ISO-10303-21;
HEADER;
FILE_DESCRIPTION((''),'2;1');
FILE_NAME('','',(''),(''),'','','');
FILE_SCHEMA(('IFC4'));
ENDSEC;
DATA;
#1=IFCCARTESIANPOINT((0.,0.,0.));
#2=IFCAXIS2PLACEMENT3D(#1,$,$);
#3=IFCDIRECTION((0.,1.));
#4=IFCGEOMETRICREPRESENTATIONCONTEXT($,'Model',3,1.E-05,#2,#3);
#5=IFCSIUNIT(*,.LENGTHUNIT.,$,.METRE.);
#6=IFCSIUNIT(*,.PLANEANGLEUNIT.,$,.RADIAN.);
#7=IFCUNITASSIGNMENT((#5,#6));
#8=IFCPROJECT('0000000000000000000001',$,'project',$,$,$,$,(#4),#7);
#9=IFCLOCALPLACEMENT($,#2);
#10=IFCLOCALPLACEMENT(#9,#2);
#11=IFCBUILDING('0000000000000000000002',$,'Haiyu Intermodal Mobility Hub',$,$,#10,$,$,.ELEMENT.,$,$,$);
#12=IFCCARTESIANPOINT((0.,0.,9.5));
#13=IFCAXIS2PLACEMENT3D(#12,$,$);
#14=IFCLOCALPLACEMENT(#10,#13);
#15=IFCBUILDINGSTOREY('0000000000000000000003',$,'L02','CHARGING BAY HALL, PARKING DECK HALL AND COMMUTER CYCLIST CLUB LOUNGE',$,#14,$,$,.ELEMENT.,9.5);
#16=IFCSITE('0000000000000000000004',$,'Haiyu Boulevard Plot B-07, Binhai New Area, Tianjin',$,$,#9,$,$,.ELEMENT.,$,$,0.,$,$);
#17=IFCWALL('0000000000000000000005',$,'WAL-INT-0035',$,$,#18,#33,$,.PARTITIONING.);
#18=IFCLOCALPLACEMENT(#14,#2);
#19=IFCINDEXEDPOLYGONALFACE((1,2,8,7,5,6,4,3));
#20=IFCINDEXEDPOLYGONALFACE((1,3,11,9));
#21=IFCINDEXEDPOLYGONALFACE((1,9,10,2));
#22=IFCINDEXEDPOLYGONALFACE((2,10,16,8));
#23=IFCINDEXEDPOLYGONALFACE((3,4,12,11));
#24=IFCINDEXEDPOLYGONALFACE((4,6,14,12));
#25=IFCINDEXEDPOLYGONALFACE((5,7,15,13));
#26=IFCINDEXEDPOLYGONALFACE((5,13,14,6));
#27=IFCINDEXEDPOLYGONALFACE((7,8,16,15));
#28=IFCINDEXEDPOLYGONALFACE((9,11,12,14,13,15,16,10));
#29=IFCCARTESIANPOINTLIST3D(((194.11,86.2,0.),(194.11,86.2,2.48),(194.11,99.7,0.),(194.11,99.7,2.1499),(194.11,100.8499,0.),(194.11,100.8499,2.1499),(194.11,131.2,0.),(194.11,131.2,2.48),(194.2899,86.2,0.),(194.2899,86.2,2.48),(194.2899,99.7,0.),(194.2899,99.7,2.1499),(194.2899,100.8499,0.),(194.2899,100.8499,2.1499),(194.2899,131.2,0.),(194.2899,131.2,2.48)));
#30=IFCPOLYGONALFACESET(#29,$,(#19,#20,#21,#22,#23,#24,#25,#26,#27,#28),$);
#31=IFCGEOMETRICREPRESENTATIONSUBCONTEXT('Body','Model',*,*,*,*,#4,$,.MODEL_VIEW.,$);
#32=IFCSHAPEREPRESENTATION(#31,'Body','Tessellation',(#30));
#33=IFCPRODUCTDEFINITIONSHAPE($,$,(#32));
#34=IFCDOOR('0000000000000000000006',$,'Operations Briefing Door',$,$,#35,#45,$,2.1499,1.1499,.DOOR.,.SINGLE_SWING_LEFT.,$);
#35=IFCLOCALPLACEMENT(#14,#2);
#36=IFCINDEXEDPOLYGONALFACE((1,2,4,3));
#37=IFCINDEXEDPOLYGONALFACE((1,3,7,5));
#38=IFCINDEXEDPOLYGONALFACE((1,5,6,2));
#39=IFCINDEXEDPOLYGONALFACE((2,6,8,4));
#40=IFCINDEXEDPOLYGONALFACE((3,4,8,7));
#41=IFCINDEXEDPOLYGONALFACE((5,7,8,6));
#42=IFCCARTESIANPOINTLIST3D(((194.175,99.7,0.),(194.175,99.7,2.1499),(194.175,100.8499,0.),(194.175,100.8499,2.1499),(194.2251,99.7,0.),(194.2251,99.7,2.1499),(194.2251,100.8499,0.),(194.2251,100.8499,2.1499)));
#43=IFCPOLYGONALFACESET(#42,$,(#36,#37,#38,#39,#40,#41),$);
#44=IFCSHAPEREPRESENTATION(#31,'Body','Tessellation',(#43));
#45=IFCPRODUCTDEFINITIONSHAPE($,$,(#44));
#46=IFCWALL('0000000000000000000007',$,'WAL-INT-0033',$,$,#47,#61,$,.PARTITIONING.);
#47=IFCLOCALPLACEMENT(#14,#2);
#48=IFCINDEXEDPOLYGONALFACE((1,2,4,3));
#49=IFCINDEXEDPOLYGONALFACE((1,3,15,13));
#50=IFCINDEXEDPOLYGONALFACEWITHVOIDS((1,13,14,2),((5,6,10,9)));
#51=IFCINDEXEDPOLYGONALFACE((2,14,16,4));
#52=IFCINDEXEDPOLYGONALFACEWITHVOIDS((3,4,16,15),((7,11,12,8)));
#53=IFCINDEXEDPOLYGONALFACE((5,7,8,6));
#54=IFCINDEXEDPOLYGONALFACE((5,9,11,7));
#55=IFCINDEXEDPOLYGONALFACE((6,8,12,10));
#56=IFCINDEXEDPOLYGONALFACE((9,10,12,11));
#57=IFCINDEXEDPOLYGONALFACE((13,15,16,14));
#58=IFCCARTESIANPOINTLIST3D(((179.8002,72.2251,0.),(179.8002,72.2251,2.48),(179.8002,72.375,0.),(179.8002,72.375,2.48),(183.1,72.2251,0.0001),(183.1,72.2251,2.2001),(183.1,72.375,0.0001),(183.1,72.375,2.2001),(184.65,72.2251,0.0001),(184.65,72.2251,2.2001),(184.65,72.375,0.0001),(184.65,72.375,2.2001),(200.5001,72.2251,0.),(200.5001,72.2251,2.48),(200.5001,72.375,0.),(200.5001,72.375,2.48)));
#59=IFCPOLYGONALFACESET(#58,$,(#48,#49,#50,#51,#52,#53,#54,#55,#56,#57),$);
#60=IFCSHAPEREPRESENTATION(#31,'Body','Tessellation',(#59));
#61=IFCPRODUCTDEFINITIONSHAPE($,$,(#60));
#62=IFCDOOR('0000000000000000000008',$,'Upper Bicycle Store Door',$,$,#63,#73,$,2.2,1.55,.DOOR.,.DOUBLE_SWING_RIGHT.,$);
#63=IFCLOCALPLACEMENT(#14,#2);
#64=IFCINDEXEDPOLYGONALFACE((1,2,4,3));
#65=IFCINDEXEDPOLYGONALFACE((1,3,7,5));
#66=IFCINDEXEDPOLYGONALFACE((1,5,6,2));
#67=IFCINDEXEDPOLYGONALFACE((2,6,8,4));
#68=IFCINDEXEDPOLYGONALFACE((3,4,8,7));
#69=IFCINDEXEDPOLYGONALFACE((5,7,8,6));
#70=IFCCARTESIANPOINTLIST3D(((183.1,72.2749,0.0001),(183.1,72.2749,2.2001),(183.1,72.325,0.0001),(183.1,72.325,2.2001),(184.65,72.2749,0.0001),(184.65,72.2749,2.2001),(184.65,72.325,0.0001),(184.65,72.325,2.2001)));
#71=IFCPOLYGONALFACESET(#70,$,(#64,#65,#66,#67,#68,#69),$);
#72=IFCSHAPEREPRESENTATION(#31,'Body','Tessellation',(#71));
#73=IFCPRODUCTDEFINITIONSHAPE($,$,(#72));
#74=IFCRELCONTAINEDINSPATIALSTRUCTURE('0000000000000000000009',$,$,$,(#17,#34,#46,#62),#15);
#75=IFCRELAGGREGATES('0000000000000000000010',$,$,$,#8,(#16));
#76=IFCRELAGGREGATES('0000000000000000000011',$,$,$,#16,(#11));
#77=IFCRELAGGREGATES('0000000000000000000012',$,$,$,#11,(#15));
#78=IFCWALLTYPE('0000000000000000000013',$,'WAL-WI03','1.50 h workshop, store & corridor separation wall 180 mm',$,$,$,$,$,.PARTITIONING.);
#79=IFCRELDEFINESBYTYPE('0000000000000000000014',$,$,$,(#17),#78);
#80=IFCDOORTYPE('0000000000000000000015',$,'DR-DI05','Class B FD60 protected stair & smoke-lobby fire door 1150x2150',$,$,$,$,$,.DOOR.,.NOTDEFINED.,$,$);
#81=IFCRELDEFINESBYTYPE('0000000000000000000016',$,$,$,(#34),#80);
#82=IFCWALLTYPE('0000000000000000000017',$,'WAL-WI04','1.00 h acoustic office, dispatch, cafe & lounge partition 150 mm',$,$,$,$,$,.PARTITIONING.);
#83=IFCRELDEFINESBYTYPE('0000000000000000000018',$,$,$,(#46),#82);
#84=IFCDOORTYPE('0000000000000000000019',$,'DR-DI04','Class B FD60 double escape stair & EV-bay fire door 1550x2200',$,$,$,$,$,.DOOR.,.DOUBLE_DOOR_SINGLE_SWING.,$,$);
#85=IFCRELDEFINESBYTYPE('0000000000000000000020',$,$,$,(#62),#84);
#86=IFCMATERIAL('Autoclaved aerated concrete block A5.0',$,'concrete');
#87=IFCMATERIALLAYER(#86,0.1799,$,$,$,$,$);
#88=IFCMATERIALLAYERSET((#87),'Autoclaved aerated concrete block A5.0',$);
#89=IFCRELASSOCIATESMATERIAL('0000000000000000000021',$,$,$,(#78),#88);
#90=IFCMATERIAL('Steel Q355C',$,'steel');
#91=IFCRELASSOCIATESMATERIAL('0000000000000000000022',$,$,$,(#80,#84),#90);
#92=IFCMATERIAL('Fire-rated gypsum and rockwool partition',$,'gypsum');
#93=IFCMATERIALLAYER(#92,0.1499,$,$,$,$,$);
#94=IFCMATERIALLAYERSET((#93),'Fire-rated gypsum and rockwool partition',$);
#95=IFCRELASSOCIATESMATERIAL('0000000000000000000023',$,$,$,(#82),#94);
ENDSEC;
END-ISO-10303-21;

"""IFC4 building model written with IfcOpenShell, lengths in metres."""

from ifc_helpers import new_model, si_unit, direction, frame, frame_2d, origin, place, context, subcontext, project, spatial, rectangle, extrude, material, layer, layer_set, type_object, element, fill, save


model = new_model("IFC4")

# Units and contexts
model_context = context("Model", 3, precision=1e-05, world=origin(), true_north=direction((0.0, 1.0)))
body_context = subcontext(model_context, "Body", "Model", "MODEL_VIEW")
ifc_project = project(units=[si_unit("LENGTHUNIT", "METRE"), si_unit("PLANEANGLEUNIT", "RADIAN")], contexts=[model_context])

# Site, building, storey
site_placement = place(None, origin())
site = spatial("IfcSite", under=ifc_project, at=site_placement, Name="Haiyu Boulevard Plot B-07, Binhai New Area, Tianjin", CompositionType="ELEMENT", RefElevation=0.0)
building_placement = place(site_placement, origin())
building = spatial("IfcBuilding", under=site, at=building_placement, Name="Haiyu Intermodal Mobility Hub", CompositionType="ELEMENT")
storey_placement = place(building_placement, frame((0.0, 0.0, 9.5)))
storey = spatial("IfcBuildingStorey", under=building, at=storey_placement, Name="L02", Description="CHARGING BAY HALL, PARKING DECK HALL AND COMMUTER CYCLIST CLUB LOUNGE", CompositionType="ELEMENT", Elevation=9.5)

# Shared definitions
ifc_material_1 = material(Name="Autoclaved aerated concrete block A5.0", Category="concrete")
ifc_material_2 = material(Name="Steel Q355C", Category="steel")

# Walls, openings, doors
ifc_layer_1 = layer(ifc_material_1, 0.1799)
ifc_layer_set_1 = layer_set([ifc_layer_1], Name="Autoclaved aerated concrete block A5.0")
wall_type_1 = type_object("IfcWallType", Name="WAL-WI03", Description="1.50 h workshop, store & corridor separation wall 180 mm", PredefinedType="PARTITIONING", material=ifc_layer_set_1)
wall_1_placement = place(storey_placement, frame((194.2, 86.2, 0.0), z_axis=(0.0, 0.0, 1.0), x_axis=(0.0, 1.0, 0.0)))
wall_1 = element("IfcWall", 1, at=wall_1_placement, inside=storey, type_object=wall_type_1, Name="WAL-INT-0035", PredefinedType="PARTITIONING", context=body_context, shape_type="SweptSolid", body=[
    extrude(rectangle(XDim=45.0, YDim=0.1799, at=frame_2d((22.5, 0.0))), origin(), (0.0, 0.0, 1.0), 2.48),
])
opening_1_placement = place(wall_1_placement, frame((13.5, 0.0, 0.0)))
opening_1 = element("IfcOpeningElement", 2, at=opening_1_placement, cuts=wall_1, PredefinedType="OPENING", context=body_context, shape_type="SweptSolid", body=[
    extrude(rectangle(XDim=1.1499, YDim=2.1499, at=frame_2d((0.575, 1.075))), frame((0.0, 0.1001, 0.0), z_axis=(0.0, -1.0, 0.0), x_axis=(1.0, 0.0, 0.0)), (0.0, 0.0, 1.0), 0.2),
])
door_type_1 = type_object("IfcDoorType", Name="DR-DI05", Description="Class B FD60 protected stair & smoke-lobby fire door 1150x2150", OperationType="NOTDEFINED", PredefinedType="DOOR", material=ifc_material_2)
door_1_placement = place(opening_1_placement, origin())
door_1 = element("IfcDoor", 3, at=door_1_placement, inside=storey, type_object=door_type_1, Name="Operations Briefing Door", OperationType="SINGLE_SWING_LEFT", OverallHeight=2.1499, OverallWidth=1.1499, PredefinedType="DOOR", context=body_context, shape_type="SweptSolid", body=[
    extrude(rectangle(XDim=1.1499, YDim=2.1499, at=frame_2d((0.575, 1.075))), frame((0.0, 0.0249, 0.0), z_axis=(0.0, -1.0, 0.0), x_axis=(1.0, 0.0, 0.0)), (0.0, 0.0, 1.0), 0.05),
])
fill(opening_1, door_1)
ifc_material_3 = material(Name="Fire-rated gypsum and rockwool partition", Category="gypsum")
ifc_layer_2 = layer(ifc_material_3, 0.1499)
ifc_layer_set_2 = layer_set([ifc_layer_2], Name="Fire-rated gypsum and rockwool partition")
wall_type_2 = type_object("IfcWallType", Name="WAL-WI04", Description="1.00 h acoustic office, dispatch, cafe & lounge partition 150 mm", PredefinedType="PARTITIONING", material=ifc_layer_set_2)
wall_2_placement = place(storey_placement, frame((179.8, 72.3, 0.0), z_axis=(0.0, 0.0, 1.0), x_axis=(1.0, 0.0, 0.0)))
wall_2 = element("IfcWall", 4, at=wall_2_placement, inside=storey, type_object=wall_type_2, Name="WAL-INT-0033", PredefinedType="PARTITIONING", context=body_context, shape_type="SweptSolid", body=[
    extrude(rectangle(XDim=20.7, YDim=0.1499, at=frame_2d((10.3501, 0.0))), origin(), (0.0, 0.0, 1.0), 2.48),
])
opening_2_placement = place(wall_2_placement, frame((3.3, 0.0, 0.0)))
opening_2 = element("IfcOpeningElement", 5, at=opening_2_placement, cuts=wall_2, PredefinedType="OPENING", context=body_context, shape_type="SweptSolid", body=[
    extrude(rectangle(XDim=1.55, YDim=2.2, at=frame_2d((0.7749, 1.1001))), frame((0.0, 0.085, 0.0), z_axis=(0.0, -1.0, 0.0), x_axis=(1.0, 0.0, 0.0)), (0.0, 0.0, 1.0), 0.1699),
])
door_type_2 = type_object("IfcDoorType", Name="DR-DI04", Description="Class B FD60 double escape stair & EV-bay fire door 1550x2200", OperationType="DOUBLE_DOOR_SINGLE_SWING", PredefinedType="DOOR", material=ifc_material_2)
door_2_placement = place(opening_2_placement, origin())
door_2 = element("IfcDoor", 6, at=door_2_placement, inside=storey, type_object=door_type_2, Name="Upper Bicycle Store Door", OperationType="DOUBLE_SWING_RIGHT", OverallHeight=2.2, OverallWidth=1.55, PredefinedType="DOOR", context=body_context, shape_type="SweptSolid", body=[
    extrude(rectangle(XDim=1.55, YDim=2.2, at=frame_2d((0.7749, 1.1001))), frame((0.0, 0.0249, 0.0), z_axis=(0.0, -1.0, 0.0), x_axis=(1.0, 0.0, 0.0)), (0.0, 0.0, 1.0), 0.05),
])
fill(opening_2, door_2)

save(model, "model.ifc")
